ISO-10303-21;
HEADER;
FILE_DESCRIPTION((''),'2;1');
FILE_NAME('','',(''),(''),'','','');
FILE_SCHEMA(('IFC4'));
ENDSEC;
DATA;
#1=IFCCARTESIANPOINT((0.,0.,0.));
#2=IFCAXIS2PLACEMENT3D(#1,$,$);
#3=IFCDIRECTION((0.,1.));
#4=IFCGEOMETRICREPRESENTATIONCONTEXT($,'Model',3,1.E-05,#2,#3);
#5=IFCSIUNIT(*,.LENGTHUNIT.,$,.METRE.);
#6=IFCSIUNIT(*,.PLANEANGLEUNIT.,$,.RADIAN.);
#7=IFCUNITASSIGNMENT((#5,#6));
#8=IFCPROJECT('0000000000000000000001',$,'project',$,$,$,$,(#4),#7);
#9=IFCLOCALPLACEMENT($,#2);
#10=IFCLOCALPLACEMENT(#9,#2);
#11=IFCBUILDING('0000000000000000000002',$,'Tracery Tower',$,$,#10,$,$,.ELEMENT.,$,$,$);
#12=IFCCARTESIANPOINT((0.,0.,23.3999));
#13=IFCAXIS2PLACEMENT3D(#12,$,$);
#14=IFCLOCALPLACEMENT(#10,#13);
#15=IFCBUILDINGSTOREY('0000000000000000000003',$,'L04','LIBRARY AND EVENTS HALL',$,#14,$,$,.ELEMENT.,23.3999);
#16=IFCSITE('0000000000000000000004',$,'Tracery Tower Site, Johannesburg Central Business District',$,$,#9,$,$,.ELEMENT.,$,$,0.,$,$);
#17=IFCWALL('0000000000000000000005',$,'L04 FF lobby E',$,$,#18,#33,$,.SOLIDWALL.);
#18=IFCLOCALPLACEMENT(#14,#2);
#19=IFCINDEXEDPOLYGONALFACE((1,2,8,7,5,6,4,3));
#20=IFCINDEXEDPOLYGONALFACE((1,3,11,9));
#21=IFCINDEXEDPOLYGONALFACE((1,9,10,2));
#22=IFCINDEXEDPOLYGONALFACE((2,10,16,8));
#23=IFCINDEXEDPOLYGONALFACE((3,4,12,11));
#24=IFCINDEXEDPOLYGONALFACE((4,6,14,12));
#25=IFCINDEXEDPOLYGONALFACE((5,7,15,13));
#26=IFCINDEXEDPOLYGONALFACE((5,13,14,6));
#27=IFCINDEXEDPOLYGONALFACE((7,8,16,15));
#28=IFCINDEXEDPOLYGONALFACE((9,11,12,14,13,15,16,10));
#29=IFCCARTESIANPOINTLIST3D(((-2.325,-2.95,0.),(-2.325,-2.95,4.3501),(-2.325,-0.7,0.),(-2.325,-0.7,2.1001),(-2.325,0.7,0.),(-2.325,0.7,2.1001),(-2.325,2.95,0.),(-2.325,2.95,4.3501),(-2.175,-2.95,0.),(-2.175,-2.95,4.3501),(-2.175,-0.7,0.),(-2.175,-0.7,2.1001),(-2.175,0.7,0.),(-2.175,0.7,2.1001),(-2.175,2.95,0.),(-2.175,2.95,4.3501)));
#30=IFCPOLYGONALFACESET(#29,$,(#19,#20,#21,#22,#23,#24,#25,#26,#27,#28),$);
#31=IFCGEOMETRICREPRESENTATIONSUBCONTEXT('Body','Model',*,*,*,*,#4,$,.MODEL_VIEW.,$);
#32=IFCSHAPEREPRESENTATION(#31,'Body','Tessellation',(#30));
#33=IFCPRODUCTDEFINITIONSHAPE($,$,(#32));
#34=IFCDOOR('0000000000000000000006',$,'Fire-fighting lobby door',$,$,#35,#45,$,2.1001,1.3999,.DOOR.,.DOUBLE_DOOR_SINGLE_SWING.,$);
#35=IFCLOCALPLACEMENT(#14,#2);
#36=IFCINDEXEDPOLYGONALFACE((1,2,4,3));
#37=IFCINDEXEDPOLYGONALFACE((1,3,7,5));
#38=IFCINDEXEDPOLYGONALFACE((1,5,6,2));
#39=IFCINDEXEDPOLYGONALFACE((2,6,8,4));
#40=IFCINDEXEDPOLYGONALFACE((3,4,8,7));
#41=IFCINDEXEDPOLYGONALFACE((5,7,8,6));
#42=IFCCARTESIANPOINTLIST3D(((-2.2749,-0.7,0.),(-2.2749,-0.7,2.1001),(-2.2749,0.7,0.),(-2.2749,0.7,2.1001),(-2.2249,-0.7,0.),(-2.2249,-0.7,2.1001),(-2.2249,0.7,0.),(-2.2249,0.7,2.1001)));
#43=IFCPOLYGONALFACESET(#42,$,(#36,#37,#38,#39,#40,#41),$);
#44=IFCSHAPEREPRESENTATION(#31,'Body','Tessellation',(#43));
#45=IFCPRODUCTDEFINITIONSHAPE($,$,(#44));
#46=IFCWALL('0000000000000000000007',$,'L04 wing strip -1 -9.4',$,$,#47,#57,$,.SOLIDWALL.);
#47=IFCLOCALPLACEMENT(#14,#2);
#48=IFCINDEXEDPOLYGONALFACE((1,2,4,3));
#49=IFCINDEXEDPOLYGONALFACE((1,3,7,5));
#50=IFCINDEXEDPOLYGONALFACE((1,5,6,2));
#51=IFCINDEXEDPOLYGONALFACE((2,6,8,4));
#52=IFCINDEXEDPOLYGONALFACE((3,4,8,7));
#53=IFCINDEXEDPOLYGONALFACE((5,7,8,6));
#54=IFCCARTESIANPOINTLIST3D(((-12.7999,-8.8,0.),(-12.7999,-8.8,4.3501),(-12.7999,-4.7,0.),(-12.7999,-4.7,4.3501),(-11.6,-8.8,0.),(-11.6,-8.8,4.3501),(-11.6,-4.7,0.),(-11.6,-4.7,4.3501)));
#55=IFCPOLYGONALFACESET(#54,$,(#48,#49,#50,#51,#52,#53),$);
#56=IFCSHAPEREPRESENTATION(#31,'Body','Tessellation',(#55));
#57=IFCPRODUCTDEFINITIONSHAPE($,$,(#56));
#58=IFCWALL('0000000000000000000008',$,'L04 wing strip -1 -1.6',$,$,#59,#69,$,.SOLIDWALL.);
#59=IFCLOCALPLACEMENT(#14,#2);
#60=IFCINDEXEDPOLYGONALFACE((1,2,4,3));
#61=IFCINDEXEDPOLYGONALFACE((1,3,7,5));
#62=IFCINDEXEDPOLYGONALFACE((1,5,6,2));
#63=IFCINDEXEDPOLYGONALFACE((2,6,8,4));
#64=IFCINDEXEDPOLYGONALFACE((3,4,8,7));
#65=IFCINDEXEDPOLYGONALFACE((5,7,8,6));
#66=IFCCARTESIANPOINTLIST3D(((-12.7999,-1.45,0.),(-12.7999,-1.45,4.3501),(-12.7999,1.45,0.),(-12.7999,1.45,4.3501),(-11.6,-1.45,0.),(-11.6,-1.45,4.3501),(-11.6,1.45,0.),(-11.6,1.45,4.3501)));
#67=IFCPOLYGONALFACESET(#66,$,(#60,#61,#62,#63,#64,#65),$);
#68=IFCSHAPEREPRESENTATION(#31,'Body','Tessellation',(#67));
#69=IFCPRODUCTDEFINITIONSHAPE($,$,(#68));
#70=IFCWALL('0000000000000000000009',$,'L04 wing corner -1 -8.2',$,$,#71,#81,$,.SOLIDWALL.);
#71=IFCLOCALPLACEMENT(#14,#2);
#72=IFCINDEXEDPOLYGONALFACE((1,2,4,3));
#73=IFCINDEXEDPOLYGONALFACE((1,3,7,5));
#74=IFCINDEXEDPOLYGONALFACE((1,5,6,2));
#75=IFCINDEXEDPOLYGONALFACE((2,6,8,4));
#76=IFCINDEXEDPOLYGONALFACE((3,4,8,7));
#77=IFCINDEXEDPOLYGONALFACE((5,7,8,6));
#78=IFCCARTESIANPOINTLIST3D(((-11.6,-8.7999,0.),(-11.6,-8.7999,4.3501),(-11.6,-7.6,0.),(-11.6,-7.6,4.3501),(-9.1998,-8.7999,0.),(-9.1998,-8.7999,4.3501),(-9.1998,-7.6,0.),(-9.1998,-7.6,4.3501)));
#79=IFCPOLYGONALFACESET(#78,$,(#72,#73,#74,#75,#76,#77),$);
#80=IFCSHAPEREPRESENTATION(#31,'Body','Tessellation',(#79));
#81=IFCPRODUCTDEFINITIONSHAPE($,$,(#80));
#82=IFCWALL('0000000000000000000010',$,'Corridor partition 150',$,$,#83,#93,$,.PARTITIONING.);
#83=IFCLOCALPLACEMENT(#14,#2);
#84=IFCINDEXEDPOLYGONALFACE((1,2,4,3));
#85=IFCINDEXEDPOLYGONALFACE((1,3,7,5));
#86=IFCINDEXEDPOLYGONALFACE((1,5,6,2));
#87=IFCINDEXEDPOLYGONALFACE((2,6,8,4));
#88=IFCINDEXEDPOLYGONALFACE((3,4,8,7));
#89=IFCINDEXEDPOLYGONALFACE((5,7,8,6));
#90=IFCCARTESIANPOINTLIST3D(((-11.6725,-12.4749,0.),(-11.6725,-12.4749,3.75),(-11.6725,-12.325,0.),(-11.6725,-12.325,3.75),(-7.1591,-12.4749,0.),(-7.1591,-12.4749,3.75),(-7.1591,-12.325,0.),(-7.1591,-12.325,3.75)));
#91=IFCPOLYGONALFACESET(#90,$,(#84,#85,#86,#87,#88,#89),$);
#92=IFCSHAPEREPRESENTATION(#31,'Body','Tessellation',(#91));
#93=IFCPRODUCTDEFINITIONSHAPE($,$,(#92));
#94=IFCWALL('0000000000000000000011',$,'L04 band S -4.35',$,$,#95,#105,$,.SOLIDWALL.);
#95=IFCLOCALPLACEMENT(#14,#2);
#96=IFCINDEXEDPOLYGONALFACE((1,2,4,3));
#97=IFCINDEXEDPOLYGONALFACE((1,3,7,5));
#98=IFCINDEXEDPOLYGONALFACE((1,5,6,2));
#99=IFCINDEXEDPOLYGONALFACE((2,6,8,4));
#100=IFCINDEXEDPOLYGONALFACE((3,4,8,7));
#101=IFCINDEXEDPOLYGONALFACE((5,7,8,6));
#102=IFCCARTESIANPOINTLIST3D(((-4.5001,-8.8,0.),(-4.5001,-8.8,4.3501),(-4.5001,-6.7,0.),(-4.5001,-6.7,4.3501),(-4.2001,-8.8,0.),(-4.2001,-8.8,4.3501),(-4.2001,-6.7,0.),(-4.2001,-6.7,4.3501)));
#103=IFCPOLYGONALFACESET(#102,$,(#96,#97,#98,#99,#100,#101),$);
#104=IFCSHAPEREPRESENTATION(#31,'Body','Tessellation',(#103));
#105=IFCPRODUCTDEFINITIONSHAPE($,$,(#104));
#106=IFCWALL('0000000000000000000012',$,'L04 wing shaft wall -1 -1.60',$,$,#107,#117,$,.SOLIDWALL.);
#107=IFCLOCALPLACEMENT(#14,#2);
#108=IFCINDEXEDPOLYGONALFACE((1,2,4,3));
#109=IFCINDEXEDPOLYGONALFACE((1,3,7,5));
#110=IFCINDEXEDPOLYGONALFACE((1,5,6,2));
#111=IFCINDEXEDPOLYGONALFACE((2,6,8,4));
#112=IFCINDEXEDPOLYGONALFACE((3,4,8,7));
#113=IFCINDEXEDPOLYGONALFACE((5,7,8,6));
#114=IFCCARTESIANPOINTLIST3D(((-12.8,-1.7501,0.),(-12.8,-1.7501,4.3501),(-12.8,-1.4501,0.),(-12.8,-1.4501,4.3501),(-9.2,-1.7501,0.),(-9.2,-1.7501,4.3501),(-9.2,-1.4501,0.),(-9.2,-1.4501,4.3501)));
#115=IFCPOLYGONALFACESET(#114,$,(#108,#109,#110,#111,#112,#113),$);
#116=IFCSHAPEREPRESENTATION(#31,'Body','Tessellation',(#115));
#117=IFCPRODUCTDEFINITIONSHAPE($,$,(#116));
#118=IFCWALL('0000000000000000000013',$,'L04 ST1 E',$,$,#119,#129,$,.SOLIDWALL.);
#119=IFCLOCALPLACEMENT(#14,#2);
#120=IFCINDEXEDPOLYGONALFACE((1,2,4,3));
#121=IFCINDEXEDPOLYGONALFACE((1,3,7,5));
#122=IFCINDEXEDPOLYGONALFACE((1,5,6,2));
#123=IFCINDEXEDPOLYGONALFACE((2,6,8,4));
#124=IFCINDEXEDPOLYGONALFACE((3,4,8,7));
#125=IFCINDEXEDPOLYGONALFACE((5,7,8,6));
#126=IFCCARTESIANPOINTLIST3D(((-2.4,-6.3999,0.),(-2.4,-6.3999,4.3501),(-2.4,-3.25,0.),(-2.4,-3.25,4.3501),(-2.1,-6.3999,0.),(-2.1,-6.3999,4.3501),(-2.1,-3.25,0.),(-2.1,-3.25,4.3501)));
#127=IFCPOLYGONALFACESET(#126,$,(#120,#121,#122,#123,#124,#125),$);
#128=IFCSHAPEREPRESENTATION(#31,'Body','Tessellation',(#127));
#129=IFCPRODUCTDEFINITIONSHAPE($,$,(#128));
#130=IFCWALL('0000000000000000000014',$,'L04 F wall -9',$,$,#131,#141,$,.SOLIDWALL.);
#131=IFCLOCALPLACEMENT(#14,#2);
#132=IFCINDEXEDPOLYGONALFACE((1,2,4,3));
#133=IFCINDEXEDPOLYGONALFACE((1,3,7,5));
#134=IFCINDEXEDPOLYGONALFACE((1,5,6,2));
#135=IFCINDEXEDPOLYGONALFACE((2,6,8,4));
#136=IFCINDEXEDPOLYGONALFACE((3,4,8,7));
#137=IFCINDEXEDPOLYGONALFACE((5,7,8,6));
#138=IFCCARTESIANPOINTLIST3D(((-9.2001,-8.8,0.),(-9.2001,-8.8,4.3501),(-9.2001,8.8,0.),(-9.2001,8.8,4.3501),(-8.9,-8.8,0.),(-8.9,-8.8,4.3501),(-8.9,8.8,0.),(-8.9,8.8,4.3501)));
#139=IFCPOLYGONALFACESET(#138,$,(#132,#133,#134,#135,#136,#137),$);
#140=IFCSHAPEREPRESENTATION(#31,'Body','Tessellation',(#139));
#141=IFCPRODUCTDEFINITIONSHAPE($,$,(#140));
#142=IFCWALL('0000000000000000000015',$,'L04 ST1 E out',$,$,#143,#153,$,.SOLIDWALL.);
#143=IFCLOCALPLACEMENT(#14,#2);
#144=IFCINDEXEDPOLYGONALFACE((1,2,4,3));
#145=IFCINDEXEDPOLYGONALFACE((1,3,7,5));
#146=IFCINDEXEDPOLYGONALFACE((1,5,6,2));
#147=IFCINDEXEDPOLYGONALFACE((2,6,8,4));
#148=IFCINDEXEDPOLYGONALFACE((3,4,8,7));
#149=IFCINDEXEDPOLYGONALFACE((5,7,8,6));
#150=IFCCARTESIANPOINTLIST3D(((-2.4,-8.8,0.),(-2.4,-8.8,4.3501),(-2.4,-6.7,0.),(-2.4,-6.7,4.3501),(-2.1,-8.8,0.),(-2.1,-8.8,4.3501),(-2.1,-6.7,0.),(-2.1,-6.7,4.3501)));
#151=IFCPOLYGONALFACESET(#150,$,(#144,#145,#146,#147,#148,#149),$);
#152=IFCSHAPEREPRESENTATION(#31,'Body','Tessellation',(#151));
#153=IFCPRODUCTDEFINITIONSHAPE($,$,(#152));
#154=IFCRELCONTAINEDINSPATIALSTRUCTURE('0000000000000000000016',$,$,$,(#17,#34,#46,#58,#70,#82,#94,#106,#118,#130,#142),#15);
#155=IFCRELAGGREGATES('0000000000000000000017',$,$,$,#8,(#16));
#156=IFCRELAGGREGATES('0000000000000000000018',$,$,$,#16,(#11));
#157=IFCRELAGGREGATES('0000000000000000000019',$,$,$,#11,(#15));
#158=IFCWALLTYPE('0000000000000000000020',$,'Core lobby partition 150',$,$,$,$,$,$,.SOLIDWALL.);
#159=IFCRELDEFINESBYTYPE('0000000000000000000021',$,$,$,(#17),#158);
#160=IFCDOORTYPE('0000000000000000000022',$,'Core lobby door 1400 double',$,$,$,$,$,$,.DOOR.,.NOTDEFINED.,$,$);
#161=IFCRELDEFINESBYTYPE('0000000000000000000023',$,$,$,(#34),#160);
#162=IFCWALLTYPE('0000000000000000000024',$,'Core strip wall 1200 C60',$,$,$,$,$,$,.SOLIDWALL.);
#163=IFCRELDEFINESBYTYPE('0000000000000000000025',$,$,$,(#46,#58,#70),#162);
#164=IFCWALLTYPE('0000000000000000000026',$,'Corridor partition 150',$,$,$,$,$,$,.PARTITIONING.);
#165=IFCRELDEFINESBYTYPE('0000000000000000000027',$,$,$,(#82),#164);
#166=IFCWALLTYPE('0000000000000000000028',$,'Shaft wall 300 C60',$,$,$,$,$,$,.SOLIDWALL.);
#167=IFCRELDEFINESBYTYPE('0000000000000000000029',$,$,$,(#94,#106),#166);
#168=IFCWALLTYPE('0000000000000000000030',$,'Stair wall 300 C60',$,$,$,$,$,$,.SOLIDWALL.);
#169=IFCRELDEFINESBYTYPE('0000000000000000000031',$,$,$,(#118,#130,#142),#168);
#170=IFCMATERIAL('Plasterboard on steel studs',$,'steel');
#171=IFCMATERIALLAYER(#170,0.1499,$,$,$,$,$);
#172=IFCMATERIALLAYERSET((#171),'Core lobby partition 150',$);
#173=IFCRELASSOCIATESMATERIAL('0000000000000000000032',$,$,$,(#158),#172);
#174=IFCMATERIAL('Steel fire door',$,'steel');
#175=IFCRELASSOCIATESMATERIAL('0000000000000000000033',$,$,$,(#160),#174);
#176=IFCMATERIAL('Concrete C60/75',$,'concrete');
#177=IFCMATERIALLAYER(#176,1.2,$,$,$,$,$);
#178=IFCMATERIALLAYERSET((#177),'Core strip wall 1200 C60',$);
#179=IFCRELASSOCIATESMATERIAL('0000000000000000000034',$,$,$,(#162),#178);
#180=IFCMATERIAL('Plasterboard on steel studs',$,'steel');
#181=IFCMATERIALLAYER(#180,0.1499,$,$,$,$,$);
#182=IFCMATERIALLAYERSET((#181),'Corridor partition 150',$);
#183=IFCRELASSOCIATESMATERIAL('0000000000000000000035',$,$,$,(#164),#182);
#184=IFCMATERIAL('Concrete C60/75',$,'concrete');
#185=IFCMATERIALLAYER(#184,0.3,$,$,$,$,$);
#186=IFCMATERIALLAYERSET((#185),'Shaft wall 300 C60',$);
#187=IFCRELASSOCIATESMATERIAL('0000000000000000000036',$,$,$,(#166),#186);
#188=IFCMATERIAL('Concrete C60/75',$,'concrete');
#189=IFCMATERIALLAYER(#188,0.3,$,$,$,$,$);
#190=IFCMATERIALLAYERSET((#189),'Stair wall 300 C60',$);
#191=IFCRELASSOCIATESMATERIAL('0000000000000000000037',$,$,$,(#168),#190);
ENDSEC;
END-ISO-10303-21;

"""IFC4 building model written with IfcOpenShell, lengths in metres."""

from ifc_helpers import new_model, si_unit, direction, frame, frame_2d, origin, place, context, subcontext, project, spatial, rectangle, extrude, material, layer, layer_set, type_object, element, fill, save


model = new_model("IFC4")

# Units and contexts
model_context = context("Model", 3, precision=1e-05, world=origin(), true_north=direction((0.0, 1.0)))
body_context = subcontext(model_context, "Body", "Model", "MODEL_VIEW")
ifc_project = project(units=[si_unit("LENGTHUNIT", "METRE"), si_unit("PLANEANGLEUNIT", "RADIAN")], contexts=[model_context])

# Site, building, storey
site_placement = place(None, origin())
site = spatial("IfcSite", under=ifc_project, at=site_placement, Name="Tracery Tower Site, Johannesburg Central Business District", CompositionType="ELEMENT", RefElevation=0.0)
building_placement = place(site_placement, origin())
building = spatial("IfcBuilding", under=site, at=building_placement, Name="Tracery Tower", CompositionType="ELEMENT")
storey_placement = place(building_placement, frame((0.0, 0.0, 23.3999)))
storey = spatial("IfcBuildingStorey", under=building, at=storey_placement, Name="L04", Description="LIBRARY AND EVENTS HALL", CompositionType="ELEMENT", Elevation=23.3999)

# Wall, opening, door
ifc_material_1 = material(Name="Plasterboard on steel studs", Category="steel")
ifc_layer_1 = layer(ifc_material_1, 0.1499)
ifc_layer_set_1 = layer_set([ifc_layer_1], Name="Core lobby partition 150")
wall_type_1 = type_object("IfcWallType", Name="Core lobby partition 150", PredefinedType="SOLIDWALL", material=ifc_layer_set_1)
wall_1_placement = place(storey_placement, frame((-2.25, -2.95, 0.0), z_axis=(0.0, 0.0, 1.0), x_axis=(0.0, 1.0, 0.0)))
wall_1 = element("IfcWall", 1, at=wall_1_placement, inside=storey, type_object=wall_type_1, Name="L04 FF lobby E", PredefinedType="SOLIDWALL", context=body_context, shape_type="SweptSolid", body=[
    extrude(rectangle(XDim=5.8999, YDim=0.1499, at=frame_2d((2.95, 0.0))), origin(), (0.0, 0.0, 1.0), 4.3501),
])
opening_1_placement = place(wall_1_placement, frame((2.25, 0.0, 0.0)))
opening_1 = element("IfcOpeningElement", 2, at=opening_1_placement, cuts=wall_1, PredefinedType="OPENING", context=body_context, shape_type="SweptSolid", body=[
    extrude(rectangle(XDim=1.3999, YDim=2.1001, at=frame_2d((0.7, 1.05))), frame((0.0, 0.075, 0.0), z_axis=(0.0, -1.0, 0.0), x_axis=(1.0, 0.0, 0.0)), (0.0, 0.0, 1.0), 0.1499),
])
ifc_material_2 = material(Name="Steel fire door", Category="steel")
door_type_1 = type_object("IfcDoorType", Name="Core lobby door 1400 double", OperationType="NOTDEFINED", PredefinedType="DOOR", material=ifc_material_2)
door_1_placement = place(opening_1_placement, origin())
door_1 = element("IfcDoor", 3, at=door_1_placement, inside=storey, type_object=door_type_1, Name="Fire-fighting lobby door", OperationType="DOUBLE_DOOR_SINGLE_SWING", OverallHeight=2.1001, OverallWidth=1.3999, PredefinedType="DOOR", context=body_context, shape_type="SweptSolid", body=[
    extrude(rectangle(XDim=1.3999, YDim=2.1001, at=frame_2d((0.7, 1.05))), frame((0.0, 0.0249, 0.0), z_axis=(0.0, -1.0, 0.0), x_axis=(1.0, 0.0, 0.0)), (0.0, 0.0, 1.0), 0.05),
])
fill(opening_1, door_1)

# Walls
ifc_material_3 = material(Name="Concrete C60/75", Category="concrete")
ifc_layer_2 = layer(ifc_material_3, 1.2)
ifc_layer_set_2 = layer_set([ifc_layer_2], Name="Core strip wall 1200 C60")
wall_type_2 = type_object("IfcWallType", Name="Core strip wall 1200 C60", PredefinedType="SOLIDWALL", material=ifc_layer_set_2)
wall_2_placement = place(storey_placement, frame((-12.2, -8.8, 0.0), z_axis=(0.0, 0.0, 1.0), x_axis=(0.0, 1.0, 0.0)))
element("IfcWall", 4, at=wall_2_placement, inside=storey, type_object=wall_type_2, Name="L04 wing strip -1 -9.4", PredefinedType="SOLIDWALL", context=body_context, shape_type="SweptSolid", body=[
    extrude(rectangle(XDim=4.1001, YDim=1.2, at=frame_2d((2.05, 0.0))), origin(), (0.0, 0.0, 1.0), 4.3501),
])
wall_3_placement = place(storey_placement, frame((-12.2, -1.45, 0.0), z_axis=(0.0, 0.0, 1.0), x_axis=(0.0, 1.0, 0.0)))
element("IfcWall", 5, at=wall_3_placement, inside=storey, type_object=wall_type_2, Name="L04 wing strip -1 -1.6", PredefinedType="SOLIDWALL", context=body_context, shape_type="SweptSolid", body=[
    extrude(rectangle(XDim=2.8999, YDim=1.2, at=frame_2d((1.45, 0.0))), origin(), (0.0, 0.0, 1.0), 4.3501),
])
wall_4_placement = place(storey_placement, frame((-11.6001, -8.2, 0.0), z_axis=(0.0, 0.0, 1.0), x_axis=(1.0, 0.0, 0.0)))
element("IfcWall", 6, at=wall_4_placement, inside=storey, type_object=wall_type_2, Name="L04 wing corner -1 -8.2", PredefinedType="SOLIDWALL", context=body_context, shape_type="SweptSolid", body=[
    extrude(rectangle(XDim=2.4001, YDim=1.2, at=frame_2d((1.2002, 0.0))), origin(), (0.0, 0.0, 1.0), 4.3501),
])
ifc_material_4 = material(Name="Plasterboard on steel studs", Category="steel")
ifc_layer_3 = layer(ifc_material_4, 0.1499)
ifc_layer_set_3 = layer_set([ifc_layer_3], Name="Corridor partition 150")
wall_type_3 = type_object("IfcWallType", Name="Corridor partition 150", PredefinedType="PARTITIONING", material=ifc_layer_set_3)
wall_5_placement = place(storey_placement, frame((-11.6726, -12.3999, 0.0), z_axis=(0.0, 0.0, 1.0), x_axis=(1.0, 0.0, 0.0)))
element("IfcWall", 7, at=wall_5_placement, inside=storey, type_object=wall_type_3, Name="Corridor partition 150", PredefinedType="PARTITIONING", context=body_context, shape_type="SweptSolid", body=[
    extrude(rectangle(XDim=4.5134, YDim=0.1499, at=frame_2d((2.2568, 0.0))), origin(), (0.0, 0.0, 1.0), 3.75),
])

# Shared definitions
ifc_material_5 = material(Name="Concrete C60/75", Category="concrete")
ifc_layer_4 = layer(ifc_material_5, 0.3)
ifc_layer_set_4 = layer_set([ifc_layer_4], Name="Shaft wall 300 C60")
wall_type_4 = type_object("IfcWallType", Name="Shaft wall 300 C60", PredefinedType="SOLIDWALL", material=ifc_layer_set_4)

# Walls
wall_6_placement = place(storey_placement, frame((-4.3501, -8.8, 0.0), z_axis=(0.0, 0.0, 1.0), x_axis=(0.0, 1.0, 0.0)))
element("IfcWall", 8, at=wall_6_placement, inside=storey, type_object=wall_type_4, Name="L04 band S -4.35", PredefinedType="SOLIDWALL", context=body_context, shape_type="SweptSolid", body=[
    extrude(rectangle(XDim=2.1001, YDim=0.3, at=frame_2d((1.05, 0.0))), origin(), (0.0, 0.0, 1.0), 4.3501),
])
wall_7_placement = place(storey_placement, frame((-12.8, -1.6001, 0.0), z_axis=(0.0, 0.0, 1.0), x_axis=(1.0, 0.0, 0.0)))
element("IfcWall", 9, at=wall_7_placement, inside=storey, type_object=wall_type_4, Name="L04 wing shaft wall -1 -1.60", PredefinedType="SOLIDWALL", context=body_context, shape_type="SweptSolid", body=[
    extrude(rectangle(XDim=3.6001, YDim=0.3, at=frame_2d((1.8, 0.0))), origin(), (0.0, 0.0, 1.0), 4.3501),
])

# Shared definitions
ifc_material_6 = material(Name="Concrete C60/75", Category="concrete")
ifc_layer_5 = layer(ifc_material_6, 0.3)
ifc_layer_set_5 = layer_set([ifc_layer_5], Name="Stair wall 300 C60")
wall_type_5 = type_object("IfcWallType", Name="Stair wall 300 C60", PredefinedType="SOLIDWALL", material=ifc_layer_set_5)

# Walls
wall_8_placement = place(storey_placement, frame((-2.25, -6.3999, 0.0), z_axis=(0.0, 0.0, 1.0), x_axis=(0.0, 1.0, 0.0)))
element("IfcWall", 10, at=wall_8_placement, inside=storey, type_object=wall_type_5, Name="L04 ST1 E", PredefinedType="SOLIDWALL", context=body_context, shape_type="SweptSolid", body=[
    extrude(rectangle(XDim=3.1499, YDim=0.3, at=frame_2d((1.575, 0.0))), origin(), (0.0, 0.0, 1.0), 4.3501),
])
wall_9_placement = place(storey_placement, frame((-9.05, -8.8, 0.0), z_axis=(0.0, 0.0, 1.0), x_axis=(0.0, 1.0, 0.0)))
element("IfcWall", 11, at=wall_9_placement, inside=storey, type_object=wall_type_5, Name="L04 F wall -9", PredefinedType="SOLIDWALL", context=body_context, shape_type="SweptSolid", body=[
    extrude(rectangle(XDim=17.6001, YDim=0.3, at=frame_2d((8.8, 0.0))), origin(), (0.0, 0.0, 1.0), 4.3501),
])

# Wall
wall_10_placement = place(storey_placement, frame((-2.25, -8.8, 0.0), z_axis=(0.0, 0.0, 1.0), x_axis=(0.0, 1.0, 0.0)))
element("IfcWall", 12, at=wall_10_placement, inside=storey, type_object=wall_type_5, Name="L04 ST1 E out", PredefinedType="SOLIDWALL", context=body_context, shape_type="SweptSolid", body=[
    extrude(rectangle(XDim=2.1001, YDim=0.3, at=frame_2d((1.05, 0.0))), origin(), (0.0, 0.0, 1.0), 4.3501),
])

save(model, "model.ifc")
